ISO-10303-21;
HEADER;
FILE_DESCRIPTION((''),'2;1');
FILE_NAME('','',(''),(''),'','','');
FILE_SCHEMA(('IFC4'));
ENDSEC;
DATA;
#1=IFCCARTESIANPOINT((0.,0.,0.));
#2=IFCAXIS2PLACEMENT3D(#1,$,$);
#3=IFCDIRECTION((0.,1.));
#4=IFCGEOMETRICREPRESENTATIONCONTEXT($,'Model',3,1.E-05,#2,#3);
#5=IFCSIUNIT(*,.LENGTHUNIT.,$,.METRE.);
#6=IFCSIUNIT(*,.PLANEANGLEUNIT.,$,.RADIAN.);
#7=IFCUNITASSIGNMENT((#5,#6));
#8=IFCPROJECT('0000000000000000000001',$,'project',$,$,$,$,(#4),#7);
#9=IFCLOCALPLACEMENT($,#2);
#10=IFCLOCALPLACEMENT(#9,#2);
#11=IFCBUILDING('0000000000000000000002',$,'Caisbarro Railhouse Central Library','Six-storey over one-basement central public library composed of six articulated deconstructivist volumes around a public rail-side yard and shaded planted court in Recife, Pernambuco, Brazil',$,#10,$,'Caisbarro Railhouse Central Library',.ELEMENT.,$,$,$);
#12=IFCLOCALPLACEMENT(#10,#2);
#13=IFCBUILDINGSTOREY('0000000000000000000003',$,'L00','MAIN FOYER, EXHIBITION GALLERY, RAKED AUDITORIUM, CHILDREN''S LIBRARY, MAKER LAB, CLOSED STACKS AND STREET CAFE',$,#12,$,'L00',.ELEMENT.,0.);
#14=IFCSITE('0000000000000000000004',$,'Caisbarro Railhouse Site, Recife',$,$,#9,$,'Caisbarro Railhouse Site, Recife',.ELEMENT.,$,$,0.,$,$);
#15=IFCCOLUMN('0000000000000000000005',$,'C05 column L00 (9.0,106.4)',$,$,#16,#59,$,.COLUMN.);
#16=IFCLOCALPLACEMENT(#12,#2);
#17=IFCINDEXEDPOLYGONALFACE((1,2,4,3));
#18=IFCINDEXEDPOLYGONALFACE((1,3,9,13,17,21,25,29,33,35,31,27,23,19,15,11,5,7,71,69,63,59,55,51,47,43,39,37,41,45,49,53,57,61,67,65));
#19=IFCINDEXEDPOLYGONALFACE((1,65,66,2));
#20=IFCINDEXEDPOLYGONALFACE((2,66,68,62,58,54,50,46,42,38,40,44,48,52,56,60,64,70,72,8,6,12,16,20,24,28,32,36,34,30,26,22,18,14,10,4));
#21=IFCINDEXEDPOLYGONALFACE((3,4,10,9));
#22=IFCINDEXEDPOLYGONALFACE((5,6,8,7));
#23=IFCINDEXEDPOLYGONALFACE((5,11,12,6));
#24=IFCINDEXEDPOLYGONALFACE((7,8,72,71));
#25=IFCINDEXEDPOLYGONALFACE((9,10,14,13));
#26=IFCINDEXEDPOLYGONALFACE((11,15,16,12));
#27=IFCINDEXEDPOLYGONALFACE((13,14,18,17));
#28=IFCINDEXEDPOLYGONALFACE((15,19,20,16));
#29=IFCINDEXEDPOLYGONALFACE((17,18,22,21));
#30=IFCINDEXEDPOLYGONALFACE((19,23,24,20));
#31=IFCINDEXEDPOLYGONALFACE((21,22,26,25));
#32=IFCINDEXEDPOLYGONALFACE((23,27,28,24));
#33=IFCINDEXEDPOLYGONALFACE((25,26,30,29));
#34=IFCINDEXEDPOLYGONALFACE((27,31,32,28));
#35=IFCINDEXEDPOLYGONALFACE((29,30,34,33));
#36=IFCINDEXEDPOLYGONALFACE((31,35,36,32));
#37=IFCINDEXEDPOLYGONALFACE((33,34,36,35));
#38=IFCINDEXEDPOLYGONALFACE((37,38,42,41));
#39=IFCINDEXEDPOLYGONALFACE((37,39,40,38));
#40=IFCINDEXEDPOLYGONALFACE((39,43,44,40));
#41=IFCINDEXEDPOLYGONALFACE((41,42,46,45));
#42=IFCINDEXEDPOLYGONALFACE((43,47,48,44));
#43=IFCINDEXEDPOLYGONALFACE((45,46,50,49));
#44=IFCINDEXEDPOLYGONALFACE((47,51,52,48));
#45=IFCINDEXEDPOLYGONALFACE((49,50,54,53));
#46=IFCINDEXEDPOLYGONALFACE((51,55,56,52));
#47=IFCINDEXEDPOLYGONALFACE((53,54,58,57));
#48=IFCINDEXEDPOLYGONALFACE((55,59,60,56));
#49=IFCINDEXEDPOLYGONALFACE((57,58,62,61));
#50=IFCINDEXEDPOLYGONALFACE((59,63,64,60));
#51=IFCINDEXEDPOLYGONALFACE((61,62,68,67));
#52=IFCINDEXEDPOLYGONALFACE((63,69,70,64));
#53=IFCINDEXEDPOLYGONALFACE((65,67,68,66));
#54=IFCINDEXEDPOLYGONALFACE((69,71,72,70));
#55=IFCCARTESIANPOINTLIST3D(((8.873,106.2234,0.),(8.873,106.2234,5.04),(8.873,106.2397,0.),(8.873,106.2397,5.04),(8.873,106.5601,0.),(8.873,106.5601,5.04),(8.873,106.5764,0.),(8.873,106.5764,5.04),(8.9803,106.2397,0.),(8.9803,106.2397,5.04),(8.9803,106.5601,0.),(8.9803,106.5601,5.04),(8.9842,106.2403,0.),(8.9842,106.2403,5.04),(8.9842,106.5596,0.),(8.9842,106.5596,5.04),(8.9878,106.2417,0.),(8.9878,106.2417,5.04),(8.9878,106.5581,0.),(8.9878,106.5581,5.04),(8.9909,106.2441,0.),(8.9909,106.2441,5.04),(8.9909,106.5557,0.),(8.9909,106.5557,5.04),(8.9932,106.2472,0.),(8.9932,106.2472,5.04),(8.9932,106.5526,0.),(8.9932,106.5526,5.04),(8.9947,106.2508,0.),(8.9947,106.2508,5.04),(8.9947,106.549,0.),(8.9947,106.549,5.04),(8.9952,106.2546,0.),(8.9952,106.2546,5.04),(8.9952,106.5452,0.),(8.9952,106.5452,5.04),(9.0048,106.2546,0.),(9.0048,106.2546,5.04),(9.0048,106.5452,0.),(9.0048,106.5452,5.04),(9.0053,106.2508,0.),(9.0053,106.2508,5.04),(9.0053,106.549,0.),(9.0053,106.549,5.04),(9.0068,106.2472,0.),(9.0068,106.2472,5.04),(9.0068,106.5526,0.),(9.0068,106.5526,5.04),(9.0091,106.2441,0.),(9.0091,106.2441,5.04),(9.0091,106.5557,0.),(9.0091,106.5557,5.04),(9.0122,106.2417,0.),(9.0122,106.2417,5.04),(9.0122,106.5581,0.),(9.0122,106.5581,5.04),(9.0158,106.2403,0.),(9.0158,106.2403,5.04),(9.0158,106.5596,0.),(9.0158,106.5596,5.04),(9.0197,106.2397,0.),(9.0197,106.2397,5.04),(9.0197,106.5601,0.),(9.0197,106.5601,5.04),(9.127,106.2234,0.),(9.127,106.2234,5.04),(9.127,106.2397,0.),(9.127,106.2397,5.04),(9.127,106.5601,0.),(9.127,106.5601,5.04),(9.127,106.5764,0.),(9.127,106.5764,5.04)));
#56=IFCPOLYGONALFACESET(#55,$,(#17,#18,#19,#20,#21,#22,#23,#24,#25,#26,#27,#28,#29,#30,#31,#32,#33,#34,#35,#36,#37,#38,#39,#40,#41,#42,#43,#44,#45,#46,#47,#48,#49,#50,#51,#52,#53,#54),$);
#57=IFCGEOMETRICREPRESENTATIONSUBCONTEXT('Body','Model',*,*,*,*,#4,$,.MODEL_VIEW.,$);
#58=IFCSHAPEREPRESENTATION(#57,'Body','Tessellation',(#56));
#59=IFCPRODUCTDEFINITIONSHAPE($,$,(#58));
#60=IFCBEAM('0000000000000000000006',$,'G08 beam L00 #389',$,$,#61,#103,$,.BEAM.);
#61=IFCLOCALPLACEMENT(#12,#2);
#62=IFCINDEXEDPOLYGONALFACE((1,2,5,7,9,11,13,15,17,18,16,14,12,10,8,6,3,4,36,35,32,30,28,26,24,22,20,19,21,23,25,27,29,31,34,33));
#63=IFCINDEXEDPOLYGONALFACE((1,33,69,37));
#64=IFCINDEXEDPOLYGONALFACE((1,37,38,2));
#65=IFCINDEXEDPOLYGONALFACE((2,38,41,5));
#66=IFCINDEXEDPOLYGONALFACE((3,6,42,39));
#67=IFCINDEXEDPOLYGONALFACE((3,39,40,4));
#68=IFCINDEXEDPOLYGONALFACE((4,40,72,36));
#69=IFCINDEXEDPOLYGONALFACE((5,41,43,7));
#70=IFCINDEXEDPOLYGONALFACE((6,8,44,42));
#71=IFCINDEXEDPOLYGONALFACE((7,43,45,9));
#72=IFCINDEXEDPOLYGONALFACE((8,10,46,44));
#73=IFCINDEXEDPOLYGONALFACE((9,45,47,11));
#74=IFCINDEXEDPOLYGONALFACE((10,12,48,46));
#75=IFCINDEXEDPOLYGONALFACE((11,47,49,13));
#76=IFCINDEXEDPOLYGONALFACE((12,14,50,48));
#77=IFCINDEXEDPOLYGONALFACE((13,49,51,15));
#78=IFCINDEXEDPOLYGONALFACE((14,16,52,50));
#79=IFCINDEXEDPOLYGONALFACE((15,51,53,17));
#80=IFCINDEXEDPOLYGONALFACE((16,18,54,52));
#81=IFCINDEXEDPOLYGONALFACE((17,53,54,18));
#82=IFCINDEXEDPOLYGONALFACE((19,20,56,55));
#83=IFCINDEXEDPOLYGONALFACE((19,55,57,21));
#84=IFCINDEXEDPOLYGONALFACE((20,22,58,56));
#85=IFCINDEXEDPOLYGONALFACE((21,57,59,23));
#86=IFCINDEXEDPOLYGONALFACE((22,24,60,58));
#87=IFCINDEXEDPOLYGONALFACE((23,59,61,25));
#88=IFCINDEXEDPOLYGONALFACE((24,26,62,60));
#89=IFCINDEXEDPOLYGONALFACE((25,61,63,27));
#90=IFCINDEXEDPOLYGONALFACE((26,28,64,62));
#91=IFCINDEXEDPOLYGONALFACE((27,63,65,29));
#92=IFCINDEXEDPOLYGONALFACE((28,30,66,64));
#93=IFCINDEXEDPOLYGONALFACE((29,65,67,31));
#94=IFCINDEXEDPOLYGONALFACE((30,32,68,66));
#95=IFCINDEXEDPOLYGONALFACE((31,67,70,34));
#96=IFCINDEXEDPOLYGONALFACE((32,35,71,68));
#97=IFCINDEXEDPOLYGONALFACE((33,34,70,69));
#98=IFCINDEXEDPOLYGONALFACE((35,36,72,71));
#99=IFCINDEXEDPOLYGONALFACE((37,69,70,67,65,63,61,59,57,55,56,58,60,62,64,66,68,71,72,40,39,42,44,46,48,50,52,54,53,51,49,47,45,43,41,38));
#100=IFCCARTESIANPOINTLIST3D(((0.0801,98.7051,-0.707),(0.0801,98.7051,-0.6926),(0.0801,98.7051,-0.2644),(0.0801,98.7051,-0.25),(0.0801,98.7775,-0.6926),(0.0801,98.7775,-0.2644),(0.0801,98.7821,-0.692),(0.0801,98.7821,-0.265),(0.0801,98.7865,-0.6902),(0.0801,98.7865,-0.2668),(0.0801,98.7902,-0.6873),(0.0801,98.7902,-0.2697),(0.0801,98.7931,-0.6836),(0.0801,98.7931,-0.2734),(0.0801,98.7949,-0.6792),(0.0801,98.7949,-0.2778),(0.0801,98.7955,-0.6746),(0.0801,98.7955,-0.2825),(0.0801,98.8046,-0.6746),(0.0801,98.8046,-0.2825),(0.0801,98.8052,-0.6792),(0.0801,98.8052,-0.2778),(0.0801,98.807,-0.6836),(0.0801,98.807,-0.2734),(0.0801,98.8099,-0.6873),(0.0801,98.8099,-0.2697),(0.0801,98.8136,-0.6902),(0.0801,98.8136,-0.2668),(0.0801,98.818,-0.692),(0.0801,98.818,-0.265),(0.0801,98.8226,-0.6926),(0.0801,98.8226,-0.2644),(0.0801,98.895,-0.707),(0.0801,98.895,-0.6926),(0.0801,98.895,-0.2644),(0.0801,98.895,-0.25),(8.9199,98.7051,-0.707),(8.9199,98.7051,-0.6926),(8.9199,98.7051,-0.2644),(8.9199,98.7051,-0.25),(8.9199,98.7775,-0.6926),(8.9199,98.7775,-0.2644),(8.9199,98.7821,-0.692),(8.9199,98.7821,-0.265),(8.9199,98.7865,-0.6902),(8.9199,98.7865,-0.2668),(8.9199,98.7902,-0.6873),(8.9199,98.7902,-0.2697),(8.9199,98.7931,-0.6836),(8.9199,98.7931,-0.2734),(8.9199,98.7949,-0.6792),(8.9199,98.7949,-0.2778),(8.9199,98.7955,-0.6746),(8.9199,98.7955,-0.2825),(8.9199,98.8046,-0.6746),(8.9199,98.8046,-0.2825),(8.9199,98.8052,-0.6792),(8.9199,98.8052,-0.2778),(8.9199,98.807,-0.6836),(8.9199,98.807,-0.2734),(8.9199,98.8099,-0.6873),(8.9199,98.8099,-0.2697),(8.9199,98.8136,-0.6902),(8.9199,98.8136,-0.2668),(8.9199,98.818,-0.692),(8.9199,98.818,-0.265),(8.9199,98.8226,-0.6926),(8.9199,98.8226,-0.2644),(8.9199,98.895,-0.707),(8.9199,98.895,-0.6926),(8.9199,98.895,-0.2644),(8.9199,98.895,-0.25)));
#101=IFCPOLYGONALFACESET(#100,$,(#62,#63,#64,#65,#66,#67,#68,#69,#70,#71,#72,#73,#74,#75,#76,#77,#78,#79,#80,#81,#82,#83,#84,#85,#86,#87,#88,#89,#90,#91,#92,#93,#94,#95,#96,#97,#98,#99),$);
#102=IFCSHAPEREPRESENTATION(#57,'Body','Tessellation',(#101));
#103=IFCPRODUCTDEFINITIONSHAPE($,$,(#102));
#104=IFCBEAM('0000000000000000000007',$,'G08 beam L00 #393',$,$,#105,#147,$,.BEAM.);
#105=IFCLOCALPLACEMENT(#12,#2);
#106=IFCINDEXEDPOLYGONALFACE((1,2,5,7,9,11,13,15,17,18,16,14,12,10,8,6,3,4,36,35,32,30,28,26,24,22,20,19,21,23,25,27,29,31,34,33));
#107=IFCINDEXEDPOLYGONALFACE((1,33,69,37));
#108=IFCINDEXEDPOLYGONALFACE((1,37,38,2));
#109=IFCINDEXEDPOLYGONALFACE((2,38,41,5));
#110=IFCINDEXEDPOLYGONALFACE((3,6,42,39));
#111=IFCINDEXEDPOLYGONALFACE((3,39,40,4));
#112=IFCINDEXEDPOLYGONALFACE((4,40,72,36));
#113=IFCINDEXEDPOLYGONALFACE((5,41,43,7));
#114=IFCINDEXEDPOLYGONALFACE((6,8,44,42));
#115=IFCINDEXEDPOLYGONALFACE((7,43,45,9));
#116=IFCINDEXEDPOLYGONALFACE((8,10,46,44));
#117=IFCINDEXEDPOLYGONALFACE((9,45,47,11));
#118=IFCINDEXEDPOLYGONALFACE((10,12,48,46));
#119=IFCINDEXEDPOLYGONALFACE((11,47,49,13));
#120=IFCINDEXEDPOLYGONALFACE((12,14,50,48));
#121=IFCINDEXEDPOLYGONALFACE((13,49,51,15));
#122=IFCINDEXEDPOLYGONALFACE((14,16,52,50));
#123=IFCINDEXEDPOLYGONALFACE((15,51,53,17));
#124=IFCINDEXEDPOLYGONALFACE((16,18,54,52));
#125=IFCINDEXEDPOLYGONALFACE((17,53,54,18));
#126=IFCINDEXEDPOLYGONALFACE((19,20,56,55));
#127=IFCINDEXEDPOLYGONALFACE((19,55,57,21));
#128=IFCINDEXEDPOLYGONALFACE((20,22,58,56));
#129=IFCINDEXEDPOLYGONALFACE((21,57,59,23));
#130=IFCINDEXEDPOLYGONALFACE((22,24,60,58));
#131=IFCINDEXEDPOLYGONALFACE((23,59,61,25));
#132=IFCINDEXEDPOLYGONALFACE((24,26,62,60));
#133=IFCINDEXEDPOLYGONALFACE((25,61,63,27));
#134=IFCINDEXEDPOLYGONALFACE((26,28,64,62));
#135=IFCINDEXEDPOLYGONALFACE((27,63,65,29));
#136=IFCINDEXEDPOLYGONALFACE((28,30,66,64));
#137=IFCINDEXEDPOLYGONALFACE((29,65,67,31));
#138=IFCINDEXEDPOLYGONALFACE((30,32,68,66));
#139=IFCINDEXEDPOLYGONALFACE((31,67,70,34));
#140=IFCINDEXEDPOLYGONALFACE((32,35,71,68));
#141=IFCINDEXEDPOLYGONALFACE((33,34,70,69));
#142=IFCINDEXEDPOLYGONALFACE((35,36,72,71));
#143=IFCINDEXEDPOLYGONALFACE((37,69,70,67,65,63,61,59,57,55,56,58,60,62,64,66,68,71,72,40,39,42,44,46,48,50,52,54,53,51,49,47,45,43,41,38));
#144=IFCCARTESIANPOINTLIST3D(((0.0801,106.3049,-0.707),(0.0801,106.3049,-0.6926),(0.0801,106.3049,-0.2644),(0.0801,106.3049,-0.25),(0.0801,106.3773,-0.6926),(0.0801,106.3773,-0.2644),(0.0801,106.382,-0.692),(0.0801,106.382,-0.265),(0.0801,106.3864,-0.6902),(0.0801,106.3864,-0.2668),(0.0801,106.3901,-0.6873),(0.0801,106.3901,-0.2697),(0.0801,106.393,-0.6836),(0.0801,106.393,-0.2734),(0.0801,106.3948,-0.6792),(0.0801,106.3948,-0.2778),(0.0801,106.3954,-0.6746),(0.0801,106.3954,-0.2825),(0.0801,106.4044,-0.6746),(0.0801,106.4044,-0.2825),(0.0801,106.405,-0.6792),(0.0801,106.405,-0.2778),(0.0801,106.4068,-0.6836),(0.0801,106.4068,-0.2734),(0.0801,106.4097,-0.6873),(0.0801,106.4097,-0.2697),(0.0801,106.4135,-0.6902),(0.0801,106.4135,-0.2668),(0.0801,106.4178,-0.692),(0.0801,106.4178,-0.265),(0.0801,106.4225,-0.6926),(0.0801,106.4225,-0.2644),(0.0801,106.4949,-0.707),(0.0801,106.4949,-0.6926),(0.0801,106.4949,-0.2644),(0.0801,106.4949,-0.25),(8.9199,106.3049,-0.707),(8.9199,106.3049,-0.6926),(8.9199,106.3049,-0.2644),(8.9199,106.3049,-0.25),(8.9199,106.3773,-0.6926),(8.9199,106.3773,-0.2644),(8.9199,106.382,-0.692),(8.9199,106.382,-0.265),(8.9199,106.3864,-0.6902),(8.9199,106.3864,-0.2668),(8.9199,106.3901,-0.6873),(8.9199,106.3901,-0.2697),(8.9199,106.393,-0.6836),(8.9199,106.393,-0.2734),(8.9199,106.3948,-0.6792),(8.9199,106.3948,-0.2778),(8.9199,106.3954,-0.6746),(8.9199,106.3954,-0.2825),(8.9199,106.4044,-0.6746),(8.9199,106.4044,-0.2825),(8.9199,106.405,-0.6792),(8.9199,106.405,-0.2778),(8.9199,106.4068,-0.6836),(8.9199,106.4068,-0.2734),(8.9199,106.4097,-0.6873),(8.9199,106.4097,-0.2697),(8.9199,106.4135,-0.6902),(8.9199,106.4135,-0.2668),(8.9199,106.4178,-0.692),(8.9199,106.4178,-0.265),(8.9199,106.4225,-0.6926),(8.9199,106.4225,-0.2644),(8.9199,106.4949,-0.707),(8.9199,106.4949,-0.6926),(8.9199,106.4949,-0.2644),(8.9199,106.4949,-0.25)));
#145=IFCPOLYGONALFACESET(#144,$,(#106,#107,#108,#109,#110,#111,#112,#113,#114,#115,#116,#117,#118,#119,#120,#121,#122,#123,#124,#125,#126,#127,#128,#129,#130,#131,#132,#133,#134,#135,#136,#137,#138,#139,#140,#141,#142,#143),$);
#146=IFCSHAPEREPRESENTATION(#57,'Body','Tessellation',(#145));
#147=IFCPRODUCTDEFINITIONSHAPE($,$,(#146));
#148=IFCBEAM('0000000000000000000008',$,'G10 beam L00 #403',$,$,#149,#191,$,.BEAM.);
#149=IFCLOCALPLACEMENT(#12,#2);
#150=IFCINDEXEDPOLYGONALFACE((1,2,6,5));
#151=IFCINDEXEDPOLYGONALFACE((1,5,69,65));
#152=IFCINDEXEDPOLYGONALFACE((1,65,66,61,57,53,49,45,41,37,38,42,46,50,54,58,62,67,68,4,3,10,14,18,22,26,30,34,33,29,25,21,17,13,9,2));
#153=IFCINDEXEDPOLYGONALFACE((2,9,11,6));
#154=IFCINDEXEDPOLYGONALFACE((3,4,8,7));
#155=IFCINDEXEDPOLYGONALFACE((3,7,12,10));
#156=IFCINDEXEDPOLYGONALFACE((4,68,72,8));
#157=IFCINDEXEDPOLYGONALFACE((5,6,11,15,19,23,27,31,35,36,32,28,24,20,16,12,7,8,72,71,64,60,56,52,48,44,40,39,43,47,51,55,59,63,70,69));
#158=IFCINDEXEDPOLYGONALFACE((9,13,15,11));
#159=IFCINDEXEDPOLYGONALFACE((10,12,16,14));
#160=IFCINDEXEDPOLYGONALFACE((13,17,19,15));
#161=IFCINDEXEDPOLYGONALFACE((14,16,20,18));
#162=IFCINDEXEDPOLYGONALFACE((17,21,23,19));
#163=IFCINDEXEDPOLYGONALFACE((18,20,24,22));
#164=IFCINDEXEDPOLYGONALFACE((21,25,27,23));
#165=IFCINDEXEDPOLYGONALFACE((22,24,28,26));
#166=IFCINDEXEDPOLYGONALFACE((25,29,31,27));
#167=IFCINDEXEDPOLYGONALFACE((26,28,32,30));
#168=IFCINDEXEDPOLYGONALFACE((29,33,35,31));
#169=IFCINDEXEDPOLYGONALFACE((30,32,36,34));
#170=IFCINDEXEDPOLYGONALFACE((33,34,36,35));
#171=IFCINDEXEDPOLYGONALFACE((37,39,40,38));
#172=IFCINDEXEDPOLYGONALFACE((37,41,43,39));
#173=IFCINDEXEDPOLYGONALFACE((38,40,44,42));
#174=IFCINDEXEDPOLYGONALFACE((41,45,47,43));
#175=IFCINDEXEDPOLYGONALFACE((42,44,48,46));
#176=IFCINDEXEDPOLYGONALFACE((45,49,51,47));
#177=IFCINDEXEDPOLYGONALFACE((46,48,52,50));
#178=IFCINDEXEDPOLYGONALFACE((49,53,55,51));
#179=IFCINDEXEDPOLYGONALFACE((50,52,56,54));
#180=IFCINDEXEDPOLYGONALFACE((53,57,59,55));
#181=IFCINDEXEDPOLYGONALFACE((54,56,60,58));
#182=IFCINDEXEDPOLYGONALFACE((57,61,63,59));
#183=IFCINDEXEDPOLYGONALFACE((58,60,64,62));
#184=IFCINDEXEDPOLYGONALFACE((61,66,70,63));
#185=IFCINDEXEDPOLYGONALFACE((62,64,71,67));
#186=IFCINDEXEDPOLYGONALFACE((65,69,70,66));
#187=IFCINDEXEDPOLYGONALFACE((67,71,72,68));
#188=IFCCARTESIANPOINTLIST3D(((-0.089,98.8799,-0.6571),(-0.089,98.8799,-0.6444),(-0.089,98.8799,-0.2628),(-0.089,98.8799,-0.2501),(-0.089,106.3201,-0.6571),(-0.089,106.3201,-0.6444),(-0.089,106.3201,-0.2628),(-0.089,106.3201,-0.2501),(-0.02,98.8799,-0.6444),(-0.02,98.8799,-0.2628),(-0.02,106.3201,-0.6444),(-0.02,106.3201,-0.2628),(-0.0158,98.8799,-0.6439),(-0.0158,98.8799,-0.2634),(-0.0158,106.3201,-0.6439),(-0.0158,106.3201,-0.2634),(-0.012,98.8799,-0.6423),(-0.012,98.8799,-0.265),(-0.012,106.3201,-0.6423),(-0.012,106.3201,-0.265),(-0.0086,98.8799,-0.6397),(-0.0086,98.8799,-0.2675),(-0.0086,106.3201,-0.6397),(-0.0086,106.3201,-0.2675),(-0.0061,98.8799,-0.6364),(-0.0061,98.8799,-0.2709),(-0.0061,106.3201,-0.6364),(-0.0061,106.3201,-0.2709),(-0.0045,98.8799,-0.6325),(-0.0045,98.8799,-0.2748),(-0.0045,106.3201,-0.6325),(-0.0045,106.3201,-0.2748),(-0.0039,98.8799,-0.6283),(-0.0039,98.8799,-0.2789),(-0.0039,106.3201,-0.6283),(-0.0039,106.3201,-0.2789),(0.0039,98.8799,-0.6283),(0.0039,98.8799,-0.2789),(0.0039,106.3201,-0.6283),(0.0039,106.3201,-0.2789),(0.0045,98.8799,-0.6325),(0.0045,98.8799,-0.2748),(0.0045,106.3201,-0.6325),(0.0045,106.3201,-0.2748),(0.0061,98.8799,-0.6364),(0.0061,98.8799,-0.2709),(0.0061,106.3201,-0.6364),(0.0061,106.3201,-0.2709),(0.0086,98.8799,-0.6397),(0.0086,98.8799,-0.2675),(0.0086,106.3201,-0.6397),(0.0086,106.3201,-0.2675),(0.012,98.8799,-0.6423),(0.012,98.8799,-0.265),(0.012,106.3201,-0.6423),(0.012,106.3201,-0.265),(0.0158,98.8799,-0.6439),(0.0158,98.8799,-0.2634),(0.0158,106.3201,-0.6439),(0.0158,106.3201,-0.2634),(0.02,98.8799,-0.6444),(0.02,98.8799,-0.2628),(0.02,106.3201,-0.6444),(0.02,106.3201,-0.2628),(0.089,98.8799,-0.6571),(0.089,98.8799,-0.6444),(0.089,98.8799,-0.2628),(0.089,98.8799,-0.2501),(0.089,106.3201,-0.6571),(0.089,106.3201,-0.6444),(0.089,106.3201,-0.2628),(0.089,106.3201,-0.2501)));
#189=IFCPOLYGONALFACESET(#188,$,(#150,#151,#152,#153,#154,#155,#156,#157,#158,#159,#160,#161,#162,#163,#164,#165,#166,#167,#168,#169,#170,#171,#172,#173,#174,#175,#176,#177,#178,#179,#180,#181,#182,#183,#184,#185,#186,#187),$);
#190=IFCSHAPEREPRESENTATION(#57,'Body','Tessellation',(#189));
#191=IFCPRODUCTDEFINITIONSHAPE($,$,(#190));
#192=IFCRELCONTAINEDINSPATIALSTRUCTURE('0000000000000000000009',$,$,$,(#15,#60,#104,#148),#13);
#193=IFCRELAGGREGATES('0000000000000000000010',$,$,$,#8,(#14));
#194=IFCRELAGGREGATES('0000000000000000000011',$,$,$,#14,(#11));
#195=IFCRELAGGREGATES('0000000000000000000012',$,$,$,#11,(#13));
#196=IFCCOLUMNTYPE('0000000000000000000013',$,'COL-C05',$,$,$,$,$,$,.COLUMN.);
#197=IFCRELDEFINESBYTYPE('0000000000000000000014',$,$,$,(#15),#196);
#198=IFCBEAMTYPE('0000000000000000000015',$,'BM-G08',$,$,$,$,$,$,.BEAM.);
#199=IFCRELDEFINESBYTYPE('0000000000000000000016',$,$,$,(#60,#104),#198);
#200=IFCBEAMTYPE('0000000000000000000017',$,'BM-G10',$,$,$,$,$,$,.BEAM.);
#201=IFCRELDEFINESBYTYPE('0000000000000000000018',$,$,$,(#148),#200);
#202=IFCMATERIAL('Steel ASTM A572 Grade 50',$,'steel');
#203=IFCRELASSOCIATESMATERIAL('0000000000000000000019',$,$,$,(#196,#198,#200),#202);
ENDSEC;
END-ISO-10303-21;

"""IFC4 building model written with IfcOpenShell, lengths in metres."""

from ifc_helpers import new_model, si_unit, direction, frame, origin, origin_2d, place, context, subcontext, project, spatial, i_section, extrude, material, material_profile, profile_set, type_object, element, save


model = new_model("IFC4")

# Units and contexts
model_context = context("Model", 3, precision=1e-05, world=origin(), true_north=direction((0.0, 1.0)))
body_context = subcontext(model_context, "Body", "Model", "MODEL_VIEW")
ifc_project = project(units=[si_unit("LENGTHUNIT", "METRE"), si_unit("PLANEANGLEUNIT", "RADIAN")], contexts=[model_context])

# Site, building, storey
site_placement = place(None, origin())
site = spatial("IfcSite", under=ifc_project, at=site_placement, Name="Caisbarro Railhouse Site, Recife", LongName="Caisbarro Railhouse Site, Recife", CompositionType="ELEMENT", RefElevation=0.0)
building_placement = place(site_placement, origin())
building = spatial("IfcBuilding", under=site, at=building_placement, Name="Caisbarro Railhouse Central Library", Description="Six-storey over one-basement central public library composed of six articulated deconstructivist volumes around a public rail-side yard and shaded planted court in Recife, Pernambuco, Brazil", LongName="Caisbarro Railhouse Central Library", CompositionType="ELEMENT")
storey_placement = place(building_placement, origin())
storey = spatial("IfcBuildingStorey", under=building, at=storey_placement, Name="L00", Description="MAIN FOYER, EXHIBITION GALLERY, RAKED AUDITORIUM, CHILDREN'S LIBRARY, MAKER LAB, CLOSED STACKS AND STREET CAFE", LongName="L00", CompositionType="ELEMENT", Elevation=0.0)

# Column
ifc_material_1 = material(Name="Steel ASTM A572 Grade 50", Category="steel")
ifc_material_profile_1 = material_profile(ifc_material_1, i_section(OverallWidth=0.2539, OverallDepth=0.353, WebThickness=0.0095, FlangeThickness=0.0164, FilletRadius=0.0149, at=origin_2d()), Name="W360X91.0")
ifc_profile_set_1 = profile_set([ifc_material_profile_1], Name="Steel ASTM A572 Grade 50")
column_type = type_object("IfcColumnType", Name="COL-C05", PredefinedType="COLUMN", material=ifc_profile_set_1)
for number, where, z_axis, x_axis, name in (
    (1, (9.0, 106.3999, 0.0), (0.0, 0.0, 1.0), (1.0, 0.0, 0.0), "C05 column L00 (9.0,106.4)"),
):
    element("IfcColumn", number, at=place(storey_placement, frame(where, z_axis=z_axis, x_axis=x_axis)), inside=storey, type_object=column_type, Name=name, PredefinedType="COLUMN", context=body_context, shape_type="SweptSolid", body=[
        extrude(i_section(OverallWidth=0.2539, OverallDepth=0.353, WebThickness=0.0095, FlangeThickness=0.0164, FilletRadius=0.0149, at=origin_2d()), origin(), (0.0, 0.0, 1.0), 5.04),
    ])

# Beams
ifc_material_profile_2 = material_profile(ifc_material_1, i_section(OverallWidth=0.1899, OverallDepth=0.457, WebThickness=0.009, FlangeThickness=0.0144, FilletRadius=0.0181, at=origin_2d()), Name="W460X74.0")
ifc_profile_set_2 = profile_set([ifc_material_profile_2], Name="Steel ASTM A572 Grade 50")
beam_type_1 = type_object("IfcBeamType", Name="BM-G08", PredefinedType="BEAM", material=ifc_profile_set_2)
for number, where, z_axis, x_axis, name in (
    (2, (0.0801, 98.8, -0.4785), (1.0, 0.0, 0.0), (0.0, 1.0, 0.0), "G08 beam L00 #389"),
    (3, (0.0801, 106.3999, -0.4785), (1.0, 0.0, 0.0), (0.0, 1.0, 0.0), "G08 beam L00 #393"),
):
    element("IfcBeam", number, at=place(storey_placement, frame(where, z_axis=z_axis, x_axis=x_axis)), inside=storey, type_object=beam_type_1, Name=name, PredefinedType="BEAM", context=body_context, shape_type="SweptSolid", body=[
        extrude(i_section(OverallWidth=0.1899, OverallDepth=0.457, WebThickness=0.009, FlangeThickness=0.0144, FilletRadius=0.0181, at=origin_2d()), origin(), (0.0, 0.0, 1.0), 8.8398),
    ])
ifc_material_profile_3 = material_profile(ifc_material_1, i_section(OverallWidth=0.178, OverallDepth=0.407, WebThickness=0.0078, FlangeThickness=0.0127, FilletRadius=0.0161, at=origin_2d()), Name="W410X60.0")
ifc_profile_set_3 = profile_set([ifc_material_profile_3], Name="Steel ASTM A572 Grade 50")
beam_type_2 = type_object("IfcBeamType", Name="BM-G10", PredefinedType="BEAM", material=ifc_profile_set_3)
beam_1_placement = place(storey_placement, frame((0.0, 98.8799, -0.4536), z_axis=(0.0, 1.0, 0.0), x_axis=(-1.0, 0.0, 0.0)))
element("IfcBeam", 4, at=beam_1_placement, inside=storey, type_object=beam_type_2, Name="G10 beam L00 #403", PredefinedType="BEAM", context=body_context, shape_type="SweptSolid", body=[
    extrude(i_section(OverallWidth=0.178, OverallDepth=0.407, WebThickness=0.0078, FlangeThickness=0.0127, FilletRadius=0.0161, at=origin_2d()), origin(), (0.0, 0.0, 1.0), 7.4402),
])

save(model, "model.ifc")
